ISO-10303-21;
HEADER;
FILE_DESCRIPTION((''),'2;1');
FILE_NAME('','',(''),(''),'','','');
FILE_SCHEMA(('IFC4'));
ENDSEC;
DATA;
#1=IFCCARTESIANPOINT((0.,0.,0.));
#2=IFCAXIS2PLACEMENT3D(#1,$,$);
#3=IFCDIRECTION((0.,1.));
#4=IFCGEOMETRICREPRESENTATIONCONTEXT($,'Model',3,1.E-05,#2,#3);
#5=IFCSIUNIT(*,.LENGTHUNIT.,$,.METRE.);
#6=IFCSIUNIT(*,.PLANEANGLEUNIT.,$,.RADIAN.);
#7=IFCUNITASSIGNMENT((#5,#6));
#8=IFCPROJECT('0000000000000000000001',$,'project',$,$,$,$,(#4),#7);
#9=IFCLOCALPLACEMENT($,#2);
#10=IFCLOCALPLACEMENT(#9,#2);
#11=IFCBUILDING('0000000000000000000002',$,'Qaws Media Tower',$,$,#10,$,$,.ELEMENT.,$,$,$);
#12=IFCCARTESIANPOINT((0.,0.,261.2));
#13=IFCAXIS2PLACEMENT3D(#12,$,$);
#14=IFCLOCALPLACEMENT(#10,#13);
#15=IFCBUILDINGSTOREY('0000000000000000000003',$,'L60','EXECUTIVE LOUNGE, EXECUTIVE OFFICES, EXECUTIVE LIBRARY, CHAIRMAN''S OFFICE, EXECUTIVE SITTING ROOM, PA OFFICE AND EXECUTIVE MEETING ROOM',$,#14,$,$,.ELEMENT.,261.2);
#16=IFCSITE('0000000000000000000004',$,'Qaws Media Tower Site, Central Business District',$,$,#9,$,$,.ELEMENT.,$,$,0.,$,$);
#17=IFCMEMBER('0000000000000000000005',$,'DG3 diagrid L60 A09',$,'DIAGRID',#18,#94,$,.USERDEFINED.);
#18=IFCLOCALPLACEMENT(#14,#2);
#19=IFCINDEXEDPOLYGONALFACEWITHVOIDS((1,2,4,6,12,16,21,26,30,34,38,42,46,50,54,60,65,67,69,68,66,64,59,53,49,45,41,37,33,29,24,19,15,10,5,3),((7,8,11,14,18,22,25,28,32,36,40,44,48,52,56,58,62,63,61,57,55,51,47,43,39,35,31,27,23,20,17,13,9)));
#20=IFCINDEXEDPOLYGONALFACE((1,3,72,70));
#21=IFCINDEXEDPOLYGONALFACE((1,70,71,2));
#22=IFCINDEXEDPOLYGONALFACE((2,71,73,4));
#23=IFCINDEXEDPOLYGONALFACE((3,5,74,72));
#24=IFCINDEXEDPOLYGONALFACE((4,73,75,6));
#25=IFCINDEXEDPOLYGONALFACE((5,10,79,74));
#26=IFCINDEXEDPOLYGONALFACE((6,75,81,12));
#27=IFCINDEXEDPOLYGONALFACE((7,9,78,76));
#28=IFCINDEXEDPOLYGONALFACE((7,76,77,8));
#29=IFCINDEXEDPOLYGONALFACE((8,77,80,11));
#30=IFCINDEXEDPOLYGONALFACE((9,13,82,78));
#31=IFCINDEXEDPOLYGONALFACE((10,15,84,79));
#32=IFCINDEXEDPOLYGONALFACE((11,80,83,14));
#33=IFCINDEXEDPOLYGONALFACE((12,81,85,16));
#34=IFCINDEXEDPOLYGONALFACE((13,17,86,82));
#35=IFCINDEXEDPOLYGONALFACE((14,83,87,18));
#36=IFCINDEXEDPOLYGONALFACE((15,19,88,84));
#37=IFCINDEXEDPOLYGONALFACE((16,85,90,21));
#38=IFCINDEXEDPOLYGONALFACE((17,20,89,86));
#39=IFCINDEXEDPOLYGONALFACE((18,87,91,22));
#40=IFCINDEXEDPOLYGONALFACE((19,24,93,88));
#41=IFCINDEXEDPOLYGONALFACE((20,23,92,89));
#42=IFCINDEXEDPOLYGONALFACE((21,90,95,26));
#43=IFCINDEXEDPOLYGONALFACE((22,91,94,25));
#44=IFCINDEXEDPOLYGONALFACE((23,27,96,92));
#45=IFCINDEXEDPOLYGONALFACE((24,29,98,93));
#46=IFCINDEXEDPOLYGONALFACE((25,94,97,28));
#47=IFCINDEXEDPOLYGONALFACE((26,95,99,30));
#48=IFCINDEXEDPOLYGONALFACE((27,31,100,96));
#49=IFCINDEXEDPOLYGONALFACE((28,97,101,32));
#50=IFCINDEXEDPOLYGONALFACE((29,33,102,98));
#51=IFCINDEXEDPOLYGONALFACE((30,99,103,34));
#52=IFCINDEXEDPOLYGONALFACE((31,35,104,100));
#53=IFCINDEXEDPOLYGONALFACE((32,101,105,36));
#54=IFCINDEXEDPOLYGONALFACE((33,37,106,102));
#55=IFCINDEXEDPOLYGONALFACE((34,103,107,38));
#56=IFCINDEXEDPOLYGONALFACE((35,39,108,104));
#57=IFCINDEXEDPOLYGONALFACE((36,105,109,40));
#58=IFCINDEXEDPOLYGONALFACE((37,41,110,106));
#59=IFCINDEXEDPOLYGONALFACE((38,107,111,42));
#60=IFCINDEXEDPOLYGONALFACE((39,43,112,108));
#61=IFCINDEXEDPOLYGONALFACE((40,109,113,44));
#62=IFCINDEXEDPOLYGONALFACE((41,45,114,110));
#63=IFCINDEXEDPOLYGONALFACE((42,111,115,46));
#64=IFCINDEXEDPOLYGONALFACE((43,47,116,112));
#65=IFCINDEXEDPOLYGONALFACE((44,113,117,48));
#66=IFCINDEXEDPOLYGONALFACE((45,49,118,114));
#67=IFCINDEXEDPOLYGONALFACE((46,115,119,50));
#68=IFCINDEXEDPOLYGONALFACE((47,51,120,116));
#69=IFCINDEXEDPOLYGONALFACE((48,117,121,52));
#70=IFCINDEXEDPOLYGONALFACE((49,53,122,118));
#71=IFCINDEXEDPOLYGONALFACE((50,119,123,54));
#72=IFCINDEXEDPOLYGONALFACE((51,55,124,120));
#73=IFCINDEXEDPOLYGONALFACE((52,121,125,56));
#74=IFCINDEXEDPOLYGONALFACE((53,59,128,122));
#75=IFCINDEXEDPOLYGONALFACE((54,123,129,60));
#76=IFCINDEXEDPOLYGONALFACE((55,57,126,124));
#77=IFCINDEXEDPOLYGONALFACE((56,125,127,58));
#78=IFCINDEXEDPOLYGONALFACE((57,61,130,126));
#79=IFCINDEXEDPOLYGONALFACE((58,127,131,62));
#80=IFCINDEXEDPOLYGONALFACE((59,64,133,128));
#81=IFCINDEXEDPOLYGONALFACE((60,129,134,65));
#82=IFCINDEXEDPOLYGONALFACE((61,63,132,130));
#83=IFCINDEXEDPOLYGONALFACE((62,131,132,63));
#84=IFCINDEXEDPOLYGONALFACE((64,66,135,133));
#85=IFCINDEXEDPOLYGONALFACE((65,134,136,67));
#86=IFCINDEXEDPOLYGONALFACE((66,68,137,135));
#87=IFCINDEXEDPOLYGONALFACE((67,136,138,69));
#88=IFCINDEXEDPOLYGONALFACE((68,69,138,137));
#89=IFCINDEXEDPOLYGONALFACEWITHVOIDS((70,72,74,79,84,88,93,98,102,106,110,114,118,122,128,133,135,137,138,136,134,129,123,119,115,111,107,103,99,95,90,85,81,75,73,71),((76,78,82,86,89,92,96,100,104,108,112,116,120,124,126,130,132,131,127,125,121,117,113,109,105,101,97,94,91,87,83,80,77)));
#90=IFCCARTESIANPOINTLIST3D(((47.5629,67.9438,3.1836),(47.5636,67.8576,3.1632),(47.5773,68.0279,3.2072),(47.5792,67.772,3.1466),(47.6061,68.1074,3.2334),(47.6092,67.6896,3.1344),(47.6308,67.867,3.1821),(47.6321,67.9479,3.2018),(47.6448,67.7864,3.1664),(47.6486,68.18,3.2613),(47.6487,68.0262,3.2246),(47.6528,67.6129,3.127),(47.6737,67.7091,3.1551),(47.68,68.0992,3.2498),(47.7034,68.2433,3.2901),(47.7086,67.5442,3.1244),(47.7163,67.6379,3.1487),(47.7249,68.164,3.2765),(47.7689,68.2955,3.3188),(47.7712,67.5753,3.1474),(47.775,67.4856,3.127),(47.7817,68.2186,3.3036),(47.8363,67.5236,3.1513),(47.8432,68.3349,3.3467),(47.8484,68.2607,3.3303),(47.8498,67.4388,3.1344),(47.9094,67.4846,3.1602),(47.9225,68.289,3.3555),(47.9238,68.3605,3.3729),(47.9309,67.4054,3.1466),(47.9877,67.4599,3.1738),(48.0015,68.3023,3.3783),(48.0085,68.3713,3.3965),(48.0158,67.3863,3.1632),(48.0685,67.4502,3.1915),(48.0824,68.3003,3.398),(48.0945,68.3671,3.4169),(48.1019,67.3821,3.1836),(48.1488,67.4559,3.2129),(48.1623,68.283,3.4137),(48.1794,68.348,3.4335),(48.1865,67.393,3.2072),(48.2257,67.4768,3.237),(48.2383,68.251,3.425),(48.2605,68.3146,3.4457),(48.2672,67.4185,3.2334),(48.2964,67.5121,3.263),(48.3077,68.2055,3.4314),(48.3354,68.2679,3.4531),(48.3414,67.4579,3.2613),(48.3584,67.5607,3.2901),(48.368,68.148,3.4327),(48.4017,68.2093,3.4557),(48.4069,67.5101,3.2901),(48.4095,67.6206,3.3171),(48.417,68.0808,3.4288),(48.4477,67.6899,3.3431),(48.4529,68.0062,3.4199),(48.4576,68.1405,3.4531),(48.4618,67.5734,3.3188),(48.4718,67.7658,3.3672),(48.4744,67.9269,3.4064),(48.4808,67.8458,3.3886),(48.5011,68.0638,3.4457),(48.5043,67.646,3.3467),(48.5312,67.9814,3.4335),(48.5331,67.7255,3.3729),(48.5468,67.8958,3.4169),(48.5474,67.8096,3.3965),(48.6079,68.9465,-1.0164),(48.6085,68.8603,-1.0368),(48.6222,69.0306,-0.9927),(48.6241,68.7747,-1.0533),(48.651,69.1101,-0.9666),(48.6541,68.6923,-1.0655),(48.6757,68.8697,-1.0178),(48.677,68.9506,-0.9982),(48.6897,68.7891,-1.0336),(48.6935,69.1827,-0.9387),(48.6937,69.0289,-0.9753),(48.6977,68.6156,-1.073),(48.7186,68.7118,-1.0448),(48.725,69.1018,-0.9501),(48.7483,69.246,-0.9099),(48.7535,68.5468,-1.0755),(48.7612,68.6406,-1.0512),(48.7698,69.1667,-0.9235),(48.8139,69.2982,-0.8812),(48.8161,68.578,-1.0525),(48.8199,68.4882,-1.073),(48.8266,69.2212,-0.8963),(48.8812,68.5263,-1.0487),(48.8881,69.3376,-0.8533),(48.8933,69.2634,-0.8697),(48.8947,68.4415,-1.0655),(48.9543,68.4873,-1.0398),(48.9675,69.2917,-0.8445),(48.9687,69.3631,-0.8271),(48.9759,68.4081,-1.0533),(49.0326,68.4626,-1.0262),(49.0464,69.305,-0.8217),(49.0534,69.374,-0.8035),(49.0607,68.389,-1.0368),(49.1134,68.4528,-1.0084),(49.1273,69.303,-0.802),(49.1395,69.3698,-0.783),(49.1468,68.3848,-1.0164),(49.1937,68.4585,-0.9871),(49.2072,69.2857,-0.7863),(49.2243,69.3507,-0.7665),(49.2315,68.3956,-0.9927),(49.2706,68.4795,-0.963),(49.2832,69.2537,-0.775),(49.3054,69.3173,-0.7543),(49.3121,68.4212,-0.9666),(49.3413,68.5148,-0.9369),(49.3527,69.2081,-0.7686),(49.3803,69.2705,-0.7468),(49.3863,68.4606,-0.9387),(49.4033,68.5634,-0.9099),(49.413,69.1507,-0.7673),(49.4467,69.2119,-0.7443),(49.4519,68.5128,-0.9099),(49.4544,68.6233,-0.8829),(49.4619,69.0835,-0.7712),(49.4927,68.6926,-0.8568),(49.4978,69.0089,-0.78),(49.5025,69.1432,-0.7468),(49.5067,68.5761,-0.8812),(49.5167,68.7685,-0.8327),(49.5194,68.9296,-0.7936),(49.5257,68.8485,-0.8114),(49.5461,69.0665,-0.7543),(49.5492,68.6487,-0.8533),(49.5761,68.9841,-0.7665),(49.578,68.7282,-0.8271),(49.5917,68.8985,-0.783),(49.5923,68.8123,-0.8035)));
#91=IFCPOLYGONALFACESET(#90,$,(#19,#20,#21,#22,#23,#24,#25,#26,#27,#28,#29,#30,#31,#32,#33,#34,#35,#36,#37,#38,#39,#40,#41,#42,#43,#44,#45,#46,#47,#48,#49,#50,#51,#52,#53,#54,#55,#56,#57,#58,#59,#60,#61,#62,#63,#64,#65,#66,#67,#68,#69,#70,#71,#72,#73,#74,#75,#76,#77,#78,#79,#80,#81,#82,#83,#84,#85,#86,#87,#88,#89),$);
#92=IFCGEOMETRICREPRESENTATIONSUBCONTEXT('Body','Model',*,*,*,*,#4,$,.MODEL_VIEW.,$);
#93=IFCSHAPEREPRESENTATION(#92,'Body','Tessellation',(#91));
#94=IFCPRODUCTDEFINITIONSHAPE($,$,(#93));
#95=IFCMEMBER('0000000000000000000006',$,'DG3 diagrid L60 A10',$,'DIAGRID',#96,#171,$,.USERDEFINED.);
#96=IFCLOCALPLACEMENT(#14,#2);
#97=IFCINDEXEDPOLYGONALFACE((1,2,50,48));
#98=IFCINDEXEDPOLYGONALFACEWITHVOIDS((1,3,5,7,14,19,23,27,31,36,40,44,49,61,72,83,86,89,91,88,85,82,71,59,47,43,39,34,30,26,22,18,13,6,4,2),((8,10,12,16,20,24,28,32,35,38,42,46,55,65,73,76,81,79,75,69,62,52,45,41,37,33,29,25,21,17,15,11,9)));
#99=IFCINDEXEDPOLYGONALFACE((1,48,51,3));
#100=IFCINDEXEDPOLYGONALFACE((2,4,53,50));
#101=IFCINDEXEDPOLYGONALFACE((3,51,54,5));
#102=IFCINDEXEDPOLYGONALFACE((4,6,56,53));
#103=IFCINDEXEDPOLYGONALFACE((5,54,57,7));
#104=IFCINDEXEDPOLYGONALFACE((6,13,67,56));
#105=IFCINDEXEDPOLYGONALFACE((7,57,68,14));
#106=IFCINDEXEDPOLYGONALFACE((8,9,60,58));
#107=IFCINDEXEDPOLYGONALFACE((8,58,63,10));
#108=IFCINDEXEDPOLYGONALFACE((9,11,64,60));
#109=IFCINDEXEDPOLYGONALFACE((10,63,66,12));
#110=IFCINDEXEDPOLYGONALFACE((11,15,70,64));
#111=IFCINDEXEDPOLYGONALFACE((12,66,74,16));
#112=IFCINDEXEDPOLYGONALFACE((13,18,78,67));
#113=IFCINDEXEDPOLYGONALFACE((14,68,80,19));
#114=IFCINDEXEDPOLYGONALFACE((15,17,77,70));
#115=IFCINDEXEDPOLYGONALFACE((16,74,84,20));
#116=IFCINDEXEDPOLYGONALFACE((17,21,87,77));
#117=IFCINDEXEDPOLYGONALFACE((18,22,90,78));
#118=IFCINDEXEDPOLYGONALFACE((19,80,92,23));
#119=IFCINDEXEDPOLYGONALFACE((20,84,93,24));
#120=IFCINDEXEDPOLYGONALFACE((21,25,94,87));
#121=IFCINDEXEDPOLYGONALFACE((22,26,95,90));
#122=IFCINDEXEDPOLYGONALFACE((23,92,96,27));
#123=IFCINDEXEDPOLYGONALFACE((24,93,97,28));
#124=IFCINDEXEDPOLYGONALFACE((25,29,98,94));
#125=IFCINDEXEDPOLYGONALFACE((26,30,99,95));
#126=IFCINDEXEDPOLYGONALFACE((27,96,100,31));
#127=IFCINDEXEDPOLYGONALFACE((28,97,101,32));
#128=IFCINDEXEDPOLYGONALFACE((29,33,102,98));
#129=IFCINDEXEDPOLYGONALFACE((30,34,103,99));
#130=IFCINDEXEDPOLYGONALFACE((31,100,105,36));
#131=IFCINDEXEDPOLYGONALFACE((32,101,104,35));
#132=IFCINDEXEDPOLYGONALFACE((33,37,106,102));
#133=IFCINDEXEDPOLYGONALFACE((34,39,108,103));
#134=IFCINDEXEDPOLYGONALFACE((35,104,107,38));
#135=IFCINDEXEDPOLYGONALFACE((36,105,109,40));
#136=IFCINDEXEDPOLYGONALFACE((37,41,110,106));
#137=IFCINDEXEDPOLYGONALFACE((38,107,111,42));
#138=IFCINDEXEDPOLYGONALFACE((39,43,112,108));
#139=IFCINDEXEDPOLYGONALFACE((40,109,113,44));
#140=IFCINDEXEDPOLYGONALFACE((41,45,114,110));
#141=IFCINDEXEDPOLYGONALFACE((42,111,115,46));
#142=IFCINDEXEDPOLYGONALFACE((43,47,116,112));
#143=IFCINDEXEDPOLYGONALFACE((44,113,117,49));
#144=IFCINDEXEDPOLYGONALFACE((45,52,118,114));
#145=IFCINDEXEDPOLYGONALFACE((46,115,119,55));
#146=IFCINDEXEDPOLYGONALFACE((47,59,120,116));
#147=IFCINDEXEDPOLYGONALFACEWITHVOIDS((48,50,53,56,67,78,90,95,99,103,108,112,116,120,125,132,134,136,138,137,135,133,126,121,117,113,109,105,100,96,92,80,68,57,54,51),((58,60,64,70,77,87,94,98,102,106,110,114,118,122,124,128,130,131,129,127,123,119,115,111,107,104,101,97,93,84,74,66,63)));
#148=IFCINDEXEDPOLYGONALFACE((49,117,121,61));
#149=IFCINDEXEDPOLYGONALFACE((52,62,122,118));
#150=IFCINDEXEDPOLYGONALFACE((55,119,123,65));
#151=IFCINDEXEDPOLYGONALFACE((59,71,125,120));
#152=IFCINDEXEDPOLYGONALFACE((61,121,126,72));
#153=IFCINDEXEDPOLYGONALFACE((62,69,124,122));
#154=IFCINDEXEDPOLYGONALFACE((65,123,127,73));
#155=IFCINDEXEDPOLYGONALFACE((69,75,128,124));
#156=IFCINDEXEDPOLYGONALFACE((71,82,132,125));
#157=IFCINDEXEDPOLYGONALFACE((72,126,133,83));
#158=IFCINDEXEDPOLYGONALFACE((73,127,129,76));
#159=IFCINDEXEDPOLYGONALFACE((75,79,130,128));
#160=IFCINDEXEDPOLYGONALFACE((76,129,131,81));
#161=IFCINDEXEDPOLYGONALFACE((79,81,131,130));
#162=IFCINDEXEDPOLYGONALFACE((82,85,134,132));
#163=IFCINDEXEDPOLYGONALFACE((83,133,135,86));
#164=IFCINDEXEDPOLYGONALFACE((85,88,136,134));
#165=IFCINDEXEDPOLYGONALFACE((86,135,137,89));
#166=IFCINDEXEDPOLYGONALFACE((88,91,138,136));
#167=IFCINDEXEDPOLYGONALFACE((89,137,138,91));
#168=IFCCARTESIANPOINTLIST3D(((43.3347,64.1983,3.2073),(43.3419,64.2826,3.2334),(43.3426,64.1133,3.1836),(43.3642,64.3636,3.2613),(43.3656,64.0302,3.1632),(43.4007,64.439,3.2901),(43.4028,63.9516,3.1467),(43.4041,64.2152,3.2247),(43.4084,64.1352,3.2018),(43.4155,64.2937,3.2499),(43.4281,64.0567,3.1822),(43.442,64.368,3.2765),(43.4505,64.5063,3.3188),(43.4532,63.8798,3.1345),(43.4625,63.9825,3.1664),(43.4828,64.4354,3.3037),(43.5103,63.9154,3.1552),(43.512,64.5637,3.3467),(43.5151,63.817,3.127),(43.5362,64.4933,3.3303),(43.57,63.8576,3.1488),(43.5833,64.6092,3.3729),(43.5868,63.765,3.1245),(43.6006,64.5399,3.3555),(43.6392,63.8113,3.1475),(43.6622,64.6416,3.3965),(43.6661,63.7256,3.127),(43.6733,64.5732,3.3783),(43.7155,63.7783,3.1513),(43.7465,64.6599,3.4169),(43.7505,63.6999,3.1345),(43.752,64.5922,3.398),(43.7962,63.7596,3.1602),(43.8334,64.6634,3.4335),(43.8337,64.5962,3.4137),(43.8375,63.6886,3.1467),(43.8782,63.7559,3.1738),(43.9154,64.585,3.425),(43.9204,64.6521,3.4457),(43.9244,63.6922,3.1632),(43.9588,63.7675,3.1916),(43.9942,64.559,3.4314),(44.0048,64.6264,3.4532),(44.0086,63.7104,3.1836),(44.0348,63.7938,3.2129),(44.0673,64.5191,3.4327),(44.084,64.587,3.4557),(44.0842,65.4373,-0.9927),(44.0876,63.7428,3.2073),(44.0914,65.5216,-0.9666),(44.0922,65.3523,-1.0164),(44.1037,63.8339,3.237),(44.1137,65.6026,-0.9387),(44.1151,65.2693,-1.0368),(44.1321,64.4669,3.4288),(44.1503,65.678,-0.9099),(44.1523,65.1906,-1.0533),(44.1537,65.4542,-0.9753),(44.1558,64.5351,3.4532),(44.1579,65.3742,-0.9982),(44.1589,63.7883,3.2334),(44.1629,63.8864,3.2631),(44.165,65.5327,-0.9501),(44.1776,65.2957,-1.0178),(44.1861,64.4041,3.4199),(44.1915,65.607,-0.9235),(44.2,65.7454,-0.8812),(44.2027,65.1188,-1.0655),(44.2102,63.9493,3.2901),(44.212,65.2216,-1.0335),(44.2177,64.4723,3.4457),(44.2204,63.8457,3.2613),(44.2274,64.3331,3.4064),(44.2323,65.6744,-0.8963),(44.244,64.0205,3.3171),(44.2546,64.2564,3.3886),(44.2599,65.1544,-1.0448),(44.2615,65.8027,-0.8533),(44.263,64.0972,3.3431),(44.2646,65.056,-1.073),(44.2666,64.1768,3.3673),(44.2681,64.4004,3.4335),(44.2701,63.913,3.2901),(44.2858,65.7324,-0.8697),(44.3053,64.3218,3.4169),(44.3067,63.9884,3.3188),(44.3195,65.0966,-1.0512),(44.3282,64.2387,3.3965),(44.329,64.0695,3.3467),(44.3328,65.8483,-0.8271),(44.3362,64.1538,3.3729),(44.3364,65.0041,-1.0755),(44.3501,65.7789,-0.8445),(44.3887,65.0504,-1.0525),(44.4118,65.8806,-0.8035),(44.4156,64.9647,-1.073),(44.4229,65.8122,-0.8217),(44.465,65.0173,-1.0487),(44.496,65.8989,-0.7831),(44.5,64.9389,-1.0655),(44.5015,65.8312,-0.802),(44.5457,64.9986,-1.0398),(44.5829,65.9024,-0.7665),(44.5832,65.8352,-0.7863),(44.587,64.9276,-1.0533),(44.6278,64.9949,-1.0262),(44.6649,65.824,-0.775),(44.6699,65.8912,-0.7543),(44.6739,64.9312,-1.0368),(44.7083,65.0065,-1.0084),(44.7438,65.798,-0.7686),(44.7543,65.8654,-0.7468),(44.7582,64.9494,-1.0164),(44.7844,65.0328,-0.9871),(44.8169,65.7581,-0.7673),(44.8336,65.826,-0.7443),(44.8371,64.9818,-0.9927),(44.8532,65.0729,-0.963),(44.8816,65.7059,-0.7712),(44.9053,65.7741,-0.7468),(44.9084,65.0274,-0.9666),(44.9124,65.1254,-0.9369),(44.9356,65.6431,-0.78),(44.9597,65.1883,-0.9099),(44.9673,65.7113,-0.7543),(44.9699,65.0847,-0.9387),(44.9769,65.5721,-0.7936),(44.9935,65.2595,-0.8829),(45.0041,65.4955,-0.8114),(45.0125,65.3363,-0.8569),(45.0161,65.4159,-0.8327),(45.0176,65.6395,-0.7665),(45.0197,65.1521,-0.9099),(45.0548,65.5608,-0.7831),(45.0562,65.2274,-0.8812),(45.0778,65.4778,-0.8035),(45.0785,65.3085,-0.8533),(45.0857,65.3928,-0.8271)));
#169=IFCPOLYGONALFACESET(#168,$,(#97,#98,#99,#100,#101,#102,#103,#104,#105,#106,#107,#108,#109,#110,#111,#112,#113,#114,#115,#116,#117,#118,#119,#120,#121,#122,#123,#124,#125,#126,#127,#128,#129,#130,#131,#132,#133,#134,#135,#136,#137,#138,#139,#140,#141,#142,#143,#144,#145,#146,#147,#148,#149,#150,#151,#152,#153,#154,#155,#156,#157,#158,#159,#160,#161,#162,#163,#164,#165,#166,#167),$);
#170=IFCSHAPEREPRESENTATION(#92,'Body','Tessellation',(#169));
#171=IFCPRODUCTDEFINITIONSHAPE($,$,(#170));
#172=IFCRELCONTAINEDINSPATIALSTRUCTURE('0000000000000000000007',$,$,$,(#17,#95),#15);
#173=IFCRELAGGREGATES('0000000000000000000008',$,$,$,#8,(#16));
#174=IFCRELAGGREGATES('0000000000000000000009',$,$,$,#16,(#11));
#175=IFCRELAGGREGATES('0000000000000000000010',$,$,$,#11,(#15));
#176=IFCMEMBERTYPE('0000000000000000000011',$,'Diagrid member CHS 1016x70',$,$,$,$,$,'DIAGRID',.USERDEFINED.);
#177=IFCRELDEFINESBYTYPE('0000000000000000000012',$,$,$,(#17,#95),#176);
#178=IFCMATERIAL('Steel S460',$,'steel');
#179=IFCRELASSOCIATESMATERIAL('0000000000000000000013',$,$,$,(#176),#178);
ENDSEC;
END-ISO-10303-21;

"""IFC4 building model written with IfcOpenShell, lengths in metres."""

from ifc_helpers import new_model, si_unit, direction, frame, origin, origin_2d, place, context, subcontext, project, spatial, hollow_circle, extrude, material, material_profile, profile_set, type_object, element, save


model = new_model("IFC4")

# Units and contexts
model_context = context("Model", 3, precision=1e-05, world=origin(), true_north=direction((0.0, 1.0)))
body_context = subcontext(model_context, "Body", "Model", "MODEL_VIEW")
ifc_project = project(units=[si_unit("LENGTHUNIT", "METRE"), si_unit("PLANEANGLEUNIT", "RADIAN")], contexts=[model_context])

# Site, building, storey
site_placement = place(None, origin())
site = spatial("IfcSite", under=ifc_project, at=site_placement, Name="Qaws Media Tower Site, Central Business District", CompositionType="ELEMENT", RefElevation=0.0)
building_placement = place(site_placement, origin())
building = spatial("IfcBuilding", under=site, at=building_placement, Name="Qaws Media Tower", CompositionType="ELEMENT")
storey_placement = place(building_placement, frame((0.0, 0.0, 261.2)))
storey = spatial("IfcBuildingStorey", under=building, at=storey_placement, Name="L60", Description="EXECUTIVE LOUNGE, EXECUTIVE OFFICES, EXECUTIVE LIBRARY, CHAIRMAN'S OFFICE, EXECUTIVE SITTING ROOM, PA OFFICE AND EXECUTIVE MEETING ROOM", CompositionType="ELEMENT", Elevation=261.2)

# Members
ifc_material_1 = material(Name="Steel S460", Category="steel")
ifc_material_profile_1 = material_profile(ifc_material_1, hollow_circle(Radius=0.5081, WallThickness=0.0701, at=origin_2d()), Name="CHS 1016x70")
ifc_profile_set_1 = profile_set([ifc_material_profile_1], Name="Steel S460")
member_type_1 = type_object("IfcMemberType", Name="Diagrid member CHS 1016x70", ElementType="DIAGRID", PredefinedType="USERDEFINED", material=ifc_profile_set_1)
for number, where, z_axis, x_axis, name in (
    (1, (49.1001, 68.8794, -0.9099), (-0.235204, -0.225697, 0.945378), (0.692374, -0.721539, 0.0), "DG3 diagrid L60 A09"),
    (2, (44.585, 65.415, -0.9099), (-0.168711, -0.278895, 0.945386), (0.855628, -0.517592, 0.0), "DG3 diagrid L60 A10"),
):
    element("IfcMember", number, at=place(storey_placement, frame(where, z_axis=z_axis, x_axis=x_axis)), inside=storey, type_object=member_type_1, Name=name, ObjectType="DIAGRID", PredefinedType="USERDEFINED", context=body_context, shape_type="SweptSolid", body=[
        extrude(hollow_circle(Radius=0.5081, WallThickness=0.0701, at=origin_2d()), origin(), (0.0, 0.0, 1.0), 4.4426),
    ])

save(model, "model.ifc")
